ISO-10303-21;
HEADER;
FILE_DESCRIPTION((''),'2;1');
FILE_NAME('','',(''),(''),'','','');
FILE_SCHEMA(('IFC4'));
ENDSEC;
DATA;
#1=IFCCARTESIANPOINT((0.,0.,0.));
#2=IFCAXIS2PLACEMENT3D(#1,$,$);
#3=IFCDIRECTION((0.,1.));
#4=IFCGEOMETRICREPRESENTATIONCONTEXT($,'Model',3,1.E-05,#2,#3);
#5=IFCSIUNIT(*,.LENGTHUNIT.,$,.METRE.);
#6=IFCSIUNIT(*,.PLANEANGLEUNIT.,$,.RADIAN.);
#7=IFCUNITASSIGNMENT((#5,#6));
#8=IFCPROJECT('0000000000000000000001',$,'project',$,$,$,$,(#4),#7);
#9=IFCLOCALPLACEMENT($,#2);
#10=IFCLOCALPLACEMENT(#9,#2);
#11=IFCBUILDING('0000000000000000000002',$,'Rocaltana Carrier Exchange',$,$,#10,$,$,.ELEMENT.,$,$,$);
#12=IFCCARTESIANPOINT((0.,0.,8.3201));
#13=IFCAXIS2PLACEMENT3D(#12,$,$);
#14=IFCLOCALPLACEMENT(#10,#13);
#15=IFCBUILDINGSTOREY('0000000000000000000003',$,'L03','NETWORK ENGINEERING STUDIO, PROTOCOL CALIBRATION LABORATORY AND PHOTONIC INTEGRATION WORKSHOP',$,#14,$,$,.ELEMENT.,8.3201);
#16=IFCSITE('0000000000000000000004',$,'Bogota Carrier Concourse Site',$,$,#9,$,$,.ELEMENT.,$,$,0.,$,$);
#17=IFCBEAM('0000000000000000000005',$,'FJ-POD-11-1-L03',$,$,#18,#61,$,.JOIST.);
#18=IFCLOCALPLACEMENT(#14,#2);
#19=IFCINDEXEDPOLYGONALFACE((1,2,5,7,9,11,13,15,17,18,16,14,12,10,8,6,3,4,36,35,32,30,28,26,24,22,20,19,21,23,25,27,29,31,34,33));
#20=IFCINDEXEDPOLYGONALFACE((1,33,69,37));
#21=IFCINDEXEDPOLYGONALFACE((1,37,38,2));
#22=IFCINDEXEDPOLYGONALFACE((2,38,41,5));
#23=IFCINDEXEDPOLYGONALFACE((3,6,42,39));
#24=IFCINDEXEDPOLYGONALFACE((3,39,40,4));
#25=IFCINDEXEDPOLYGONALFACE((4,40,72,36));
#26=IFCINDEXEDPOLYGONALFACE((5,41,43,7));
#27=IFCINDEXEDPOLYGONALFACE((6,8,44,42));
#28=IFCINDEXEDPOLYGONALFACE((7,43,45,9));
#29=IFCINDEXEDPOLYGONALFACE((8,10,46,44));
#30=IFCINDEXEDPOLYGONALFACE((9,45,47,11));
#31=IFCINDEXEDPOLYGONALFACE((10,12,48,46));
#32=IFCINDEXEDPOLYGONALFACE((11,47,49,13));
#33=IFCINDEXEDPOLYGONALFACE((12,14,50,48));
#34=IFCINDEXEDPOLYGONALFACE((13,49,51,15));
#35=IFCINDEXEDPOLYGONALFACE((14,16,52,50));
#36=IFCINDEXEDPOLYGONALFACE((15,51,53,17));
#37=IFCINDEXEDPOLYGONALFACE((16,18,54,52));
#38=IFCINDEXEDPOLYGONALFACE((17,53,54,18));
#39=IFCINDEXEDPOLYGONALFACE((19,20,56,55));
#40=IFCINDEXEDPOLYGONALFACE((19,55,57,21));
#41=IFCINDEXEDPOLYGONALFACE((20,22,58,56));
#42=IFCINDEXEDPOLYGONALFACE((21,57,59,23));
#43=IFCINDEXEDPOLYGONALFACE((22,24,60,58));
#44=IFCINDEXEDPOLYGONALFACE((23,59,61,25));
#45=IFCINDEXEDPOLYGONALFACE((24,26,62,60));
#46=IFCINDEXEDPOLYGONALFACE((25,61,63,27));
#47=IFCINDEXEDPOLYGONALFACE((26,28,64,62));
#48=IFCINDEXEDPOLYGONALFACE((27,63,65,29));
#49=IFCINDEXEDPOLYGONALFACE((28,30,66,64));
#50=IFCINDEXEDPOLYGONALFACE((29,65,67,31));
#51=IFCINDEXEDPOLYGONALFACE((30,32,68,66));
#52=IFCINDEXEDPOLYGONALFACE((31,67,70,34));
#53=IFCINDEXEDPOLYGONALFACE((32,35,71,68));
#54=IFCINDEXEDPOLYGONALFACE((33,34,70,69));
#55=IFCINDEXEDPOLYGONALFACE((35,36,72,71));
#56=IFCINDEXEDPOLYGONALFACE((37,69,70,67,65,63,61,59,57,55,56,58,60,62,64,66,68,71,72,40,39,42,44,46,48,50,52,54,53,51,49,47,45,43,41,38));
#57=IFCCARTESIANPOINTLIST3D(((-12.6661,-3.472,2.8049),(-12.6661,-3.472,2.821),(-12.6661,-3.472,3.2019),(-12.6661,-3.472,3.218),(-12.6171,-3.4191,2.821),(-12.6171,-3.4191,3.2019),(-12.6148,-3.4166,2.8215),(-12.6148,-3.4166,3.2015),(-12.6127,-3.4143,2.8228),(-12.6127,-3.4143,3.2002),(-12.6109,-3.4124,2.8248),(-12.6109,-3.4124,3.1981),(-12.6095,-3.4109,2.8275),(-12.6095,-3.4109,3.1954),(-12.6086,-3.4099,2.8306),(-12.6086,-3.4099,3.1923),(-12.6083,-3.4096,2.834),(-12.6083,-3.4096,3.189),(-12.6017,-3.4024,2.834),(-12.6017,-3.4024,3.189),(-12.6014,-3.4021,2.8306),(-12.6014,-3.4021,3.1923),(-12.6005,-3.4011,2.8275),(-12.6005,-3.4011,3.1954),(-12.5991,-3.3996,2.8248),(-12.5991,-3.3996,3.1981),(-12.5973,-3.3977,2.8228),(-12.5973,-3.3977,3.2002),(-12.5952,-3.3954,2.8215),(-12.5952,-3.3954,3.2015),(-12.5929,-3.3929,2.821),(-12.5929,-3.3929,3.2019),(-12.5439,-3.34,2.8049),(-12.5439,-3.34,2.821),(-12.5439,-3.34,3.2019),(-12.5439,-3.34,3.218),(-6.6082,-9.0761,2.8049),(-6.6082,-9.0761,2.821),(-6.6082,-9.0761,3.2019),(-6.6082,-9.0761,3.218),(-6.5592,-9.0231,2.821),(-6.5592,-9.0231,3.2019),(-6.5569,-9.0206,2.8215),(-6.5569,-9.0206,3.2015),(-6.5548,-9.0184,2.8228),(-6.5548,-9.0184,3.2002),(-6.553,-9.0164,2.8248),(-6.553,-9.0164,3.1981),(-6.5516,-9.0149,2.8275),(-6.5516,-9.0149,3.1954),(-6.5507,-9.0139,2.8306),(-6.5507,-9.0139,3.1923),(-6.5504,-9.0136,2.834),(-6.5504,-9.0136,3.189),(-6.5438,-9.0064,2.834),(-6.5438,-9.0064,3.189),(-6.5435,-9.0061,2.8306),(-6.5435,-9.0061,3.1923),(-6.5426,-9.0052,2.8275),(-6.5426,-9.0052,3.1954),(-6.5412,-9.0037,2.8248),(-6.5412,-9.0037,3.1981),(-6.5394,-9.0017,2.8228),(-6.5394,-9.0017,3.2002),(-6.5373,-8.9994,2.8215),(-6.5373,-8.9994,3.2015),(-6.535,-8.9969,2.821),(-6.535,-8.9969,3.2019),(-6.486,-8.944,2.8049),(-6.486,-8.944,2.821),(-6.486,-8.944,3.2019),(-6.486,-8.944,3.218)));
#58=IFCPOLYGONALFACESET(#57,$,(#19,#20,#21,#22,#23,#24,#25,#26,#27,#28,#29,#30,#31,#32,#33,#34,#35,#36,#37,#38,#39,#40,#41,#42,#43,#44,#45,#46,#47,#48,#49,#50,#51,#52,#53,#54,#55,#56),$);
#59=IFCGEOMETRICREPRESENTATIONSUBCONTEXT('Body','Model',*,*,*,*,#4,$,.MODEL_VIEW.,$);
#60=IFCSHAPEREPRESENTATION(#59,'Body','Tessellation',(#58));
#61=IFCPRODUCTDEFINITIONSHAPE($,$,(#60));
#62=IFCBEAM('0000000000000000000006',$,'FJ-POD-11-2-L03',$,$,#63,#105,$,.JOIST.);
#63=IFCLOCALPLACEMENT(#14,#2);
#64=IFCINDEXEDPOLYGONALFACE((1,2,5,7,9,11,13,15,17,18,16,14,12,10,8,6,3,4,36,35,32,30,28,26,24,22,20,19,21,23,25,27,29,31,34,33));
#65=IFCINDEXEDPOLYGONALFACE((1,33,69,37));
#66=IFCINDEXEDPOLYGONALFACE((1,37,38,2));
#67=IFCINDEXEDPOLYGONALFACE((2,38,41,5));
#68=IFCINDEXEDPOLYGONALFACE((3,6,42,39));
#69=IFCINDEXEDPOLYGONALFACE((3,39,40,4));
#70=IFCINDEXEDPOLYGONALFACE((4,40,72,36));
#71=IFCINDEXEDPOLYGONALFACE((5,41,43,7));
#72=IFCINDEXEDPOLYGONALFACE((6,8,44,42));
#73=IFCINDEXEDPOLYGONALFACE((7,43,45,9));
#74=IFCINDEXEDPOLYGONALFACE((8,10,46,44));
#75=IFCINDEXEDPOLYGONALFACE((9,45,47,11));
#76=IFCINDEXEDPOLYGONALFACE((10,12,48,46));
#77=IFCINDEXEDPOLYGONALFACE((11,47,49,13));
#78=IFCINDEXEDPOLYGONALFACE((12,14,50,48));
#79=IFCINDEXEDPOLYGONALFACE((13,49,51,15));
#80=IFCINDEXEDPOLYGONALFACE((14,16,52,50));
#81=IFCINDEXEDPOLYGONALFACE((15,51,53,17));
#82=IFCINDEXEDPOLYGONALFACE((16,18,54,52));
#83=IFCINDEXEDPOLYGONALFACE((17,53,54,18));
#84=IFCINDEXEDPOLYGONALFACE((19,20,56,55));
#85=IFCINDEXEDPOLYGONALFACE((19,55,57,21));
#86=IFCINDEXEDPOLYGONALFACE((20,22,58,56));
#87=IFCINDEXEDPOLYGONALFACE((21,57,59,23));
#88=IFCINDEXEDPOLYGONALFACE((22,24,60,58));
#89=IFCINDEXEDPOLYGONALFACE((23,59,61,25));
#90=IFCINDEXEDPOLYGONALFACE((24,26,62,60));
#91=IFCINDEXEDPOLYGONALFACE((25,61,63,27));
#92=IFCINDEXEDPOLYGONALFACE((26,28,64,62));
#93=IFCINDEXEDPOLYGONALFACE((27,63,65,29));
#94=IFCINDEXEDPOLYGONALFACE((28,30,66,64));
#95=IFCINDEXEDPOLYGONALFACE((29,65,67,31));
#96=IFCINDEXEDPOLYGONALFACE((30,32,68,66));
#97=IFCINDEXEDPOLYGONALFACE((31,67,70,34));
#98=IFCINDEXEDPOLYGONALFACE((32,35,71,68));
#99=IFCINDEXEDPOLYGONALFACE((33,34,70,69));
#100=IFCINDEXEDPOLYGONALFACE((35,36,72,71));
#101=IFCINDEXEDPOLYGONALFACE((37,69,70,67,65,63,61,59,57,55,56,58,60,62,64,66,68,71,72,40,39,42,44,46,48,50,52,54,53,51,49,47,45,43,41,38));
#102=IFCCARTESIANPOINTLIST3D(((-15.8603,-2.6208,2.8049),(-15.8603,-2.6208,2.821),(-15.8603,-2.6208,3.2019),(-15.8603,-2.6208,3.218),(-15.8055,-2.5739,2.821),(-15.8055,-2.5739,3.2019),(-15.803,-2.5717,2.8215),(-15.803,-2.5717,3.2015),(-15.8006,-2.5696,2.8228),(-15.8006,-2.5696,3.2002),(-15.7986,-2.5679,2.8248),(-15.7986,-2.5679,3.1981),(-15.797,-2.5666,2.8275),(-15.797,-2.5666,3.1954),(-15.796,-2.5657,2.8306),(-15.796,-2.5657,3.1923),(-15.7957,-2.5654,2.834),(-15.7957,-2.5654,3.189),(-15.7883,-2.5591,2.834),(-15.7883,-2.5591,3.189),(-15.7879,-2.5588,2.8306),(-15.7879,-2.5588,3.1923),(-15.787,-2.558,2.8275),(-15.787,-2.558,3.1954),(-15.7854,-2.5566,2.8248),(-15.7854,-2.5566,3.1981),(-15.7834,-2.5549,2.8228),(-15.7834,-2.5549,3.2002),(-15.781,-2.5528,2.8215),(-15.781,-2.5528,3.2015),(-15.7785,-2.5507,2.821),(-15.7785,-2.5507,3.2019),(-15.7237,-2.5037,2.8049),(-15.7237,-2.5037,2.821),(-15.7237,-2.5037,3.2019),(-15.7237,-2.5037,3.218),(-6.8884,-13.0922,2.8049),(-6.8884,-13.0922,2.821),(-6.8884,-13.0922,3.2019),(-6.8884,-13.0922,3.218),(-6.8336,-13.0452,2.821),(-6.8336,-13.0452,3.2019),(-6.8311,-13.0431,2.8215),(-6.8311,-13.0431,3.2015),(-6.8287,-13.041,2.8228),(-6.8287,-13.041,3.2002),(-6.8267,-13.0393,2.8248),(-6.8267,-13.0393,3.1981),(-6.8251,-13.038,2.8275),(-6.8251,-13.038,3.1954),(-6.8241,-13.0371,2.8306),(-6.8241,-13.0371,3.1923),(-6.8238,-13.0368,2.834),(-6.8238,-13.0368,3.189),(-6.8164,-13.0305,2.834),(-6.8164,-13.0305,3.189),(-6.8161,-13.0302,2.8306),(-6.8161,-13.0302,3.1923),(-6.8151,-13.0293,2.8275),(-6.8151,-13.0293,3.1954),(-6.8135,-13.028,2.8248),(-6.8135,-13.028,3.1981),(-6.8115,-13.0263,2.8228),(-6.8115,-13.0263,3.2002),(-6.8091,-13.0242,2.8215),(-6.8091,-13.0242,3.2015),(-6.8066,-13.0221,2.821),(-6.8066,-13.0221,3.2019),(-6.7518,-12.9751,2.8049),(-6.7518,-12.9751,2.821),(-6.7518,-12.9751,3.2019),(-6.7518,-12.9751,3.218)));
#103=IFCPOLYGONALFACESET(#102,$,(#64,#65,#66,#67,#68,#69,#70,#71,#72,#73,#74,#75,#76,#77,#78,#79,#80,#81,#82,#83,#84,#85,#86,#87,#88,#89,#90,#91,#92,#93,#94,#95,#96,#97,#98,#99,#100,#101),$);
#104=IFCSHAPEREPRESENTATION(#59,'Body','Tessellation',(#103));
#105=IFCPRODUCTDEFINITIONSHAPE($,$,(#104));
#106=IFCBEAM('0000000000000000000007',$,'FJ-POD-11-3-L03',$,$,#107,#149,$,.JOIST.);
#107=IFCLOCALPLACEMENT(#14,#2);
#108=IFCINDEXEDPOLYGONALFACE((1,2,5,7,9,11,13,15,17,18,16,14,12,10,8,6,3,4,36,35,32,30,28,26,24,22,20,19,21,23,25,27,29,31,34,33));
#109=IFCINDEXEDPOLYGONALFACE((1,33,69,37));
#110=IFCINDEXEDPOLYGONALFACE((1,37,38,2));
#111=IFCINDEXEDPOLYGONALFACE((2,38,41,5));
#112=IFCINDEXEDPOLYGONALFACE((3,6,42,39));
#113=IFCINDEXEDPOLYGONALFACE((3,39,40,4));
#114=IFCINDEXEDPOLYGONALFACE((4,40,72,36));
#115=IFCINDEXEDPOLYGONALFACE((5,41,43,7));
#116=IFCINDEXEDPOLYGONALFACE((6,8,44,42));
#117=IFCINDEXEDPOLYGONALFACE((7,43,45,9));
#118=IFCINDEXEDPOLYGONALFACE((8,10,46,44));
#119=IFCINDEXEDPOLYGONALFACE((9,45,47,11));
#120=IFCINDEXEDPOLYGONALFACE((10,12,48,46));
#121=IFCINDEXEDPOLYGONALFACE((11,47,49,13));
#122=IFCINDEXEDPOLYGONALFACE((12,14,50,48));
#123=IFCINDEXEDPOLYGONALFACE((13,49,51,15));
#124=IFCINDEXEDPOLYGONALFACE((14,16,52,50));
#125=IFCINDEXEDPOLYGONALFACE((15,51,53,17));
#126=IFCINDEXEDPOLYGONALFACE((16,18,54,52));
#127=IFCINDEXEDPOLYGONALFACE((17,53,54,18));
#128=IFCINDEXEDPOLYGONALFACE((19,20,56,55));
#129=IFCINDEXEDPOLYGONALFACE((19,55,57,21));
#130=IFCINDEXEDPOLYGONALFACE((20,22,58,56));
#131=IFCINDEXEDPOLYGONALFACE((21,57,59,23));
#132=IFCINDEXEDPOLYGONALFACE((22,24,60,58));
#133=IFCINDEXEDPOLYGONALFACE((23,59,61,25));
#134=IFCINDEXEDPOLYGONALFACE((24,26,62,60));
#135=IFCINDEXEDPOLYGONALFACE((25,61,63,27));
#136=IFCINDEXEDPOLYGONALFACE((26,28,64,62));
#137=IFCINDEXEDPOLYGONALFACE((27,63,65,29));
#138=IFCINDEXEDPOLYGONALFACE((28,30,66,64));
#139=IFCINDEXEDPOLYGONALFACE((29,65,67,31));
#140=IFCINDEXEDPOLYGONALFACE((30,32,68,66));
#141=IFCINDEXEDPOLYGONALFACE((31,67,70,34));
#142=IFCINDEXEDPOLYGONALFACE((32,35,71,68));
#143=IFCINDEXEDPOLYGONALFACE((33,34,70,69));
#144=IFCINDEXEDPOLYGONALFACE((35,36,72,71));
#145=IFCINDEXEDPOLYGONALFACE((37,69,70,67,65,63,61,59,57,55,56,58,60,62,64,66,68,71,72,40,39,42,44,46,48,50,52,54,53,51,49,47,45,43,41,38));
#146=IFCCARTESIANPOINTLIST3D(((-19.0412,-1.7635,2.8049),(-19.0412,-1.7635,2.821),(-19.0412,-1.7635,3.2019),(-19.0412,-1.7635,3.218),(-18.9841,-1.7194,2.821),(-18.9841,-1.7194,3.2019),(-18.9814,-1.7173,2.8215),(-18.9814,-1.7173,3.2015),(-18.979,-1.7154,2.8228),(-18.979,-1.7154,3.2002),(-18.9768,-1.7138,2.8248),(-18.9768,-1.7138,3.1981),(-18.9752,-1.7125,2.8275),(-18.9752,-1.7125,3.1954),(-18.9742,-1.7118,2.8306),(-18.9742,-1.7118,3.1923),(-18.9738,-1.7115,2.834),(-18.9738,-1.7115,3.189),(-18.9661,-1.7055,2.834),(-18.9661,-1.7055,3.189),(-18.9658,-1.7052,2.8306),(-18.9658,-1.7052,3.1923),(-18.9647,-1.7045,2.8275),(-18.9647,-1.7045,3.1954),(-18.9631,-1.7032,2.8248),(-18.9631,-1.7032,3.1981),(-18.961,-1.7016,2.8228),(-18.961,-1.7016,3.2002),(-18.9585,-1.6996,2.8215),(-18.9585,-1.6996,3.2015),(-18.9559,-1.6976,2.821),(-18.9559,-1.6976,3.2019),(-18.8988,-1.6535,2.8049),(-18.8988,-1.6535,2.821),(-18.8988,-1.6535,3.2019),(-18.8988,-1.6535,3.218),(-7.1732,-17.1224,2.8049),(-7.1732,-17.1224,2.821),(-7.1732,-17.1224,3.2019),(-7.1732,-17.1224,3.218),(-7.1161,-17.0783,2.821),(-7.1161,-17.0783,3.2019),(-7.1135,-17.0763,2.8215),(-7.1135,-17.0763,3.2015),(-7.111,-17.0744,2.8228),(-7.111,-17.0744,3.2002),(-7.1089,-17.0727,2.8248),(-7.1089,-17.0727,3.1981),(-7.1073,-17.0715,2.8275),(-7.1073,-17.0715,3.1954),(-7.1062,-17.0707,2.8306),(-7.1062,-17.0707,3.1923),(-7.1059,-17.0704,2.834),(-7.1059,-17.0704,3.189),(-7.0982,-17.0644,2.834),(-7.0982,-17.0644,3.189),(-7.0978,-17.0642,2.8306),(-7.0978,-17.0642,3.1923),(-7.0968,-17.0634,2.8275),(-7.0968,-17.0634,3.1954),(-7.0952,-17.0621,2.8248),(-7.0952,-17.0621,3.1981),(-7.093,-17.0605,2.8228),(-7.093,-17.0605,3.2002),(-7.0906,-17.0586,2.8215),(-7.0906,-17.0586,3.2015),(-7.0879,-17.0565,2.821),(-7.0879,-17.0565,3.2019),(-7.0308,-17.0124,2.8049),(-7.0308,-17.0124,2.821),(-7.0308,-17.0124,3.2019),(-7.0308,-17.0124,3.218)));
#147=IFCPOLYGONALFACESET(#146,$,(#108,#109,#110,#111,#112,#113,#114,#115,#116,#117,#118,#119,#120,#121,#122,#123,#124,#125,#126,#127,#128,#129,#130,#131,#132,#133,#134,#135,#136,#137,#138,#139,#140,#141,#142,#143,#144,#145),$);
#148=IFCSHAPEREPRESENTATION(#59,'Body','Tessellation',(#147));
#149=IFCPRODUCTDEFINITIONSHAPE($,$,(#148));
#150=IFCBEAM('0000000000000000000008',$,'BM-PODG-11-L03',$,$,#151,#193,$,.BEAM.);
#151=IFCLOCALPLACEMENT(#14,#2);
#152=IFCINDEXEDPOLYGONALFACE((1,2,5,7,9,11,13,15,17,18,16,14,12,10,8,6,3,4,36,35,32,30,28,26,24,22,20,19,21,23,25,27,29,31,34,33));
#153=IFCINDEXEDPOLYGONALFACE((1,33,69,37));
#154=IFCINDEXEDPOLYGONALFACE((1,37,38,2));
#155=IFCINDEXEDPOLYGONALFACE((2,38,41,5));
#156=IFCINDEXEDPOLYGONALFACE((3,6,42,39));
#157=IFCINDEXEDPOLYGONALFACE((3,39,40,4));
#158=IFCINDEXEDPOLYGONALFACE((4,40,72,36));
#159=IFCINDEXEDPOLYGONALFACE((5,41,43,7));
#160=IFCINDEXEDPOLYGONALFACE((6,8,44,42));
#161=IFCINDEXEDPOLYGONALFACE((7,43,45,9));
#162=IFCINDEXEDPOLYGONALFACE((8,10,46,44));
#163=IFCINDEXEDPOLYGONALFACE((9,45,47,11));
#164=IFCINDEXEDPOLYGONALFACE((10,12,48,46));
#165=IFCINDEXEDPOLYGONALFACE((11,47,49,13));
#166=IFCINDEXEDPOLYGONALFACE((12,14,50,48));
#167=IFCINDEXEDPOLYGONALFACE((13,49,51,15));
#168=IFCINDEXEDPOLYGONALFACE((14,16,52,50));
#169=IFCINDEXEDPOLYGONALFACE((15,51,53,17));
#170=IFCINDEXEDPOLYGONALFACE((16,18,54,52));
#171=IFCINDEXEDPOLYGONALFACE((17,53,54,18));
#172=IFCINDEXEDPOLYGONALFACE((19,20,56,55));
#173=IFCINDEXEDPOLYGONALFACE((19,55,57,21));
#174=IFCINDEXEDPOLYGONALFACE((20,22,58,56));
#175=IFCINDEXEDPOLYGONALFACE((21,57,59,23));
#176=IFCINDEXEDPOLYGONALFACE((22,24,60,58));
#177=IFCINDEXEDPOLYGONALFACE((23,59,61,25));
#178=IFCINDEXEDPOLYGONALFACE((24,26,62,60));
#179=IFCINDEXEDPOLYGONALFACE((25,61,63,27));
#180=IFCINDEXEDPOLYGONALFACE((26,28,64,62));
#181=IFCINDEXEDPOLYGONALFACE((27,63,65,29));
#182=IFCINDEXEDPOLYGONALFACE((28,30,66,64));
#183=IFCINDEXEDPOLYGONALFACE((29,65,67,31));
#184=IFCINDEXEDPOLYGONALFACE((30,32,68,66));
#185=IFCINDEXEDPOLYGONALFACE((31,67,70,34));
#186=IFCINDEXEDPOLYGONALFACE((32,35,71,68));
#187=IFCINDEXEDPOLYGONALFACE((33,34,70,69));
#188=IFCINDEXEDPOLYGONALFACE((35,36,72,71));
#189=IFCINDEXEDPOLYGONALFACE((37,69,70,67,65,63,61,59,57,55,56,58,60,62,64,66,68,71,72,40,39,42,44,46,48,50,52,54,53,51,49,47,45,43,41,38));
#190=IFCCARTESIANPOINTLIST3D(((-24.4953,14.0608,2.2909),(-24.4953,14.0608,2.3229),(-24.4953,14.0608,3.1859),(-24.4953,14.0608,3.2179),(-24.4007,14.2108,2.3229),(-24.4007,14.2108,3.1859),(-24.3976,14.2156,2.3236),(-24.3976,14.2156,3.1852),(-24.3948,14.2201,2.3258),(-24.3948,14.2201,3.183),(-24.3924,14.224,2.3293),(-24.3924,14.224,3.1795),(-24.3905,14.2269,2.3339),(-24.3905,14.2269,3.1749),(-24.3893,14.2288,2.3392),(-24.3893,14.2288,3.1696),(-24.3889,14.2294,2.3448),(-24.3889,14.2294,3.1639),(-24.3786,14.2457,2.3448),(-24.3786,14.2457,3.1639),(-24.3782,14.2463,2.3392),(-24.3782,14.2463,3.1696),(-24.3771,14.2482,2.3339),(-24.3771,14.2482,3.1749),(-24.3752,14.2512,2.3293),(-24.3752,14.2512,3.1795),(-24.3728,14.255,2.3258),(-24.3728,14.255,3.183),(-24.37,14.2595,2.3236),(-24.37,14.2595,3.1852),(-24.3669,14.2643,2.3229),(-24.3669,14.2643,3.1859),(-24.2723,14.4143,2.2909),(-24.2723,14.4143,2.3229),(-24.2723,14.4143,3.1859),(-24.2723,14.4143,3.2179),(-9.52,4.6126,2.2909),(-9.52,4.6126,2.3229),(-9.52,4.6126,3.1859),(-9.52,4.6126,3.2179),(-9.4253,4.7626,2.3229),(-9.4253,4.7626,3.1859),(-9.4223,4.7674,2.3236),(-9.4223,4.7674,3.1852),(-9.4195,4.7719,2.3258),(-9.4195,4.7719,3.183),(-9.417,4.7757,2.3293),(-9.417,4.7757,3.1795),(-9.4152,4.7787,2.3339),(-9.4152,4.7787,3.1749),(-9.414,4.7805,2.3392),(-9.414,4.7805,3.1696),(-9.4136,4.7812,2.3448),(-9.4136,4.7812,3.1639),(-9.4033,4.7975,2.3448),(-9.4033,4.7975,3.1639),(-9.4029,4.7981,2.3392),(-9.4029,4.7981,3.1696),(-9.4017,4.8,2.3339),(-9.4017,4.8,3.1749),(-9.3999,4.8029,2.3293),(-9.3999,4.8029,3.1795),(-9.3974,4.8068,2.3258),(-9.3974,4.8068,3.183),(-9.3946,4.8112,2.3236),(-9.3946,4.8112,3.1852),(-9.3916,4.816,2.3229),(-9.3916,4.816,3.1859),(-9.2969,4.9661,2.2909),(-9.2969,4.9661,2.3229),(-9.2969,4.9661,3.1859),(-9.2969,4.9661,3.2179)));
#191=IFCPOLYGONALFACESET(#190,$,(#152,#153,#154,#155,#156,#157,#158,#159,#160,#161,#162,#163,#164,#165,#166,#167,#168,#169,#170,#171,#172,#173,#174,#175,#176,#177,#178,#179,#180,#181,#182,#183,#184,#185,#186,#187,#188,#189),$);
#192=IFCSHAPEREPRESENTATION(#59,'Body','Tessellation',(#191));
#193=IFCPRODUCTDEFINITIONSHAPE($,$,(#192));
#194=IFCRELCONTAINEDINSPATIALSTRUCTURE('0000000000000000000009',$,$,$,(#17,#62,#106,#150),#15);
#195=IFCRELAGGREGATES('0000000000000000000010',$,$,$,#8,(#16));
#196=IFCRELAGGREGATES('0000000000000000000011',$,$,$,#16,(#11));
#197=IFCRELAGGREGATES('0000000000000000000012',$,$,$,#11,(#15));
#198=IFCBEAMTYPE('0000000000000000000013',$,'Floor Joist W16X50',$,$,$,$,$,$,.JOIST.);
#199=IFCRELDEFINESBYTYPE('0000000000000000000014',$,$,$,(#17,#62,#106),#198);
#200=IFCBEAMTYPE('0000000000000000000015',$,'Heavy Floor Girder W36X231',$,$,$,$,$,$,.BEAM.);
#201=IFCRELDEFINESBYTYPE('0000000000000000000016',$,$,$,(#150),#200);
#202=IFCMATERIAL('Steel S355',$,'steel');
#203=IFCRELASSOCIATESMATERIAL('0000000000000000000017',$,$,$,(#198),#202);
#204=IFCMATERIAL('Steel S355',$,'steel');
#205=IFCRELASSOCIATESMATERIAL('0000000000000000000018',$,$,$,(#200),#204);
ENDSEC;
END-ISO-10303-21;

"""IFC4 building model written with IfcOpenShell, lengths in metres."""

from ifc_helpers import new_model, si_unit, direction, frame, origin, origin_2d, place, context, subcontext, project, spatial, i_section, extrude, material, material_profile, profile_set, type_object, element, save


model = new_model("IFC4")

# Units and contexts
model_context = context("Model", 3, precision=1e-05, world=origin(), true_north=direction((0.0, 1.0)))
body_context = subcontext(model_context, "Body", "Model", "MODEL_VIEW")
ifc_project = project(units=[si_unit("LENGTHUNIT", "METRE"), si_unit("PLANEANGLEUNIT", "RADIAN")], contexts=[model_context])

# Site, building, storey
site_placement = place(None, origin())
site = spatial("IfcSite", under=ifc_project, at=site_placement, Name="Bogota Carrier Concourse Site", CompositionType="ELEMENT", RefElevation=0.0)
building_placement = place(site_placement, origin())
building = spatial("IfcBuilding", under=site, at=building_placement, Name="Rocaltana Carrier Exchange", CompositionType="ELEMENT")
storey_placement = place(building_placement, frame((0.0, 0.0, 8.3201)))
storey = spatial("IfcBuildingStorey", under=building, at=storey_placement, Name="L03", Description="NETWORK ENGINEERING STUDIO, PROTOCOL CALIBRATION LABORATORY AND PHOTONIC INTEGRATION WORKSHOP", CompositionType="ELEMENT", Elevation=8.3201)

# Beams
ifc_material_1 = material(Name="Steel S355", Category="steel")
ifc_material_profile_1 = material_profile(ifc_material_1, i_section(OverallWidth=0.1799, OverallDepth=0.4131, WebThickness=0.0098, FlangeThickness=0.0161, FilletRadius=0.0129, at=origin_2d()), Name="W16X50")
ifc_profile_set_1 = profile_set([ifc_material_profile_1], Name="Steel S355")
beam_type_1 = type_object("IfcBeamType", Name="Floor Joist W16X50", PredefinedType="JOIST", material=ifc_profile_set_1)
beam_1_placement = place(storey_placement, frame((-12.605, -3.406, 3.0115), z_axis=(0.73407, -0.679073, 0.0), x_axis=(0.679073, 0.73407, 0.0)))
element("IfcBeam", 1, at=beam_1_placement, inside=storey, type_object=beam_type_1, Name="FJ-POD-11-1-L03", PredefinedType="JOIST", context=body_context, shape_type="SweptSolid", body=[
    extrude(i_section(OverallWidth=0.1799, OverallDepth=0.4131, WebThickness=0.0098, FlangeThickness=0.0161, FilletRadius=0.0129, at=origin_2d()), origin(), (0.0, 0.0, 1.0), 8.2524),
])
beam_2_placement = place(storey_placement, frame((-15.792, -2.5623, 3.0115), z_axis=(0.650641, -0.759385, 0.0), x_axis=(0.759385, 0.650641, 0.0)))
element("IfcBeam", 2, at=beam_2_placement, inside=storey, type_object=beam_type_1, Name="FJ-POD-11-2-L03", PredefinedType="JOIST", context=body_context, shape_type="SweptSolid", body=[
    extrude(i_section(OverallWidth=0.1799, OverallDepth=0.4131, WebThickness=0.0098, FlangeThickness=0.0161, FilletRadius=0.0129, at=origin_2d()), origin(), (0.0, 0.0, 1.0), 13.7893),
])
beam_3_placement = place(storey_placement, frame((-18.97, -1.7085, 3.0115), z_axis=(0.611437, -0.791293, 0.0), x_axis=(0.791293, 0.611437, 0.0)))
element("IfcBeam", 3, at=beam_3_placement, inside=storey, type_object=beam_type_1, Name="FJ-POD-11-3-L03", PredefinedType="JOIST", context=body_context, shape_type="SweptSolid", body=[
    extrude(i_section(OverallWidth=0.1799, OverallDepth=0.4131, WebThickness=0.0098, FlangeThickness=0.0161, FilletRadius=0.0129, at=origin_2d()), origin(), (0.0, 0.0, 1.0), 19.4099),
])
ifc_material_2 = material(Name="Steel S355", Category="steel")
ifc_material_profile_2 = material_profile(ifc_material_2, i_section(OverallWidth=0.418, OverallDepth=0.927, WebThickness=0.0193, FlangeThickness=0.032, FilletRadius=0.022, at=origin_2d()), Name="W36X231")
ifc_profile_set_2 = profile_set([ifc_material_profile_2], Name="Steel S355")
beam_type_2 = type_object("IfcBeamType", Name="Heavy Floor Girder W36X231", PredefinedType="BEAM", material=ifc_profile_set_2)
beam_4_placement = place(storey_placement, frame((-9.4084, 4.7893, 2.7544), z_axis=(-0.84574, 0.533595, 0.0), x_axis=(-0.533595, -0.84574, 0.0)))
element("IfcBeam", 4, at=beam_4_placement, inside=storey, type_object=beam_type_2, Name="BM-PODG-11-L03", PredefinedType="BEAM", context=body_context, shape_type="SweptSolid", body=[
    extrude(i_section(OverallWidth=0.418, OverallDepth=0.927, WebThickness=0.0193, FlangeThickness=0.032, FilletRadius=0.022, at=origin_2d()), origin(), (0.0, 0.0, 1.0), 17.7068),
])

save(model, "model.ifc")
